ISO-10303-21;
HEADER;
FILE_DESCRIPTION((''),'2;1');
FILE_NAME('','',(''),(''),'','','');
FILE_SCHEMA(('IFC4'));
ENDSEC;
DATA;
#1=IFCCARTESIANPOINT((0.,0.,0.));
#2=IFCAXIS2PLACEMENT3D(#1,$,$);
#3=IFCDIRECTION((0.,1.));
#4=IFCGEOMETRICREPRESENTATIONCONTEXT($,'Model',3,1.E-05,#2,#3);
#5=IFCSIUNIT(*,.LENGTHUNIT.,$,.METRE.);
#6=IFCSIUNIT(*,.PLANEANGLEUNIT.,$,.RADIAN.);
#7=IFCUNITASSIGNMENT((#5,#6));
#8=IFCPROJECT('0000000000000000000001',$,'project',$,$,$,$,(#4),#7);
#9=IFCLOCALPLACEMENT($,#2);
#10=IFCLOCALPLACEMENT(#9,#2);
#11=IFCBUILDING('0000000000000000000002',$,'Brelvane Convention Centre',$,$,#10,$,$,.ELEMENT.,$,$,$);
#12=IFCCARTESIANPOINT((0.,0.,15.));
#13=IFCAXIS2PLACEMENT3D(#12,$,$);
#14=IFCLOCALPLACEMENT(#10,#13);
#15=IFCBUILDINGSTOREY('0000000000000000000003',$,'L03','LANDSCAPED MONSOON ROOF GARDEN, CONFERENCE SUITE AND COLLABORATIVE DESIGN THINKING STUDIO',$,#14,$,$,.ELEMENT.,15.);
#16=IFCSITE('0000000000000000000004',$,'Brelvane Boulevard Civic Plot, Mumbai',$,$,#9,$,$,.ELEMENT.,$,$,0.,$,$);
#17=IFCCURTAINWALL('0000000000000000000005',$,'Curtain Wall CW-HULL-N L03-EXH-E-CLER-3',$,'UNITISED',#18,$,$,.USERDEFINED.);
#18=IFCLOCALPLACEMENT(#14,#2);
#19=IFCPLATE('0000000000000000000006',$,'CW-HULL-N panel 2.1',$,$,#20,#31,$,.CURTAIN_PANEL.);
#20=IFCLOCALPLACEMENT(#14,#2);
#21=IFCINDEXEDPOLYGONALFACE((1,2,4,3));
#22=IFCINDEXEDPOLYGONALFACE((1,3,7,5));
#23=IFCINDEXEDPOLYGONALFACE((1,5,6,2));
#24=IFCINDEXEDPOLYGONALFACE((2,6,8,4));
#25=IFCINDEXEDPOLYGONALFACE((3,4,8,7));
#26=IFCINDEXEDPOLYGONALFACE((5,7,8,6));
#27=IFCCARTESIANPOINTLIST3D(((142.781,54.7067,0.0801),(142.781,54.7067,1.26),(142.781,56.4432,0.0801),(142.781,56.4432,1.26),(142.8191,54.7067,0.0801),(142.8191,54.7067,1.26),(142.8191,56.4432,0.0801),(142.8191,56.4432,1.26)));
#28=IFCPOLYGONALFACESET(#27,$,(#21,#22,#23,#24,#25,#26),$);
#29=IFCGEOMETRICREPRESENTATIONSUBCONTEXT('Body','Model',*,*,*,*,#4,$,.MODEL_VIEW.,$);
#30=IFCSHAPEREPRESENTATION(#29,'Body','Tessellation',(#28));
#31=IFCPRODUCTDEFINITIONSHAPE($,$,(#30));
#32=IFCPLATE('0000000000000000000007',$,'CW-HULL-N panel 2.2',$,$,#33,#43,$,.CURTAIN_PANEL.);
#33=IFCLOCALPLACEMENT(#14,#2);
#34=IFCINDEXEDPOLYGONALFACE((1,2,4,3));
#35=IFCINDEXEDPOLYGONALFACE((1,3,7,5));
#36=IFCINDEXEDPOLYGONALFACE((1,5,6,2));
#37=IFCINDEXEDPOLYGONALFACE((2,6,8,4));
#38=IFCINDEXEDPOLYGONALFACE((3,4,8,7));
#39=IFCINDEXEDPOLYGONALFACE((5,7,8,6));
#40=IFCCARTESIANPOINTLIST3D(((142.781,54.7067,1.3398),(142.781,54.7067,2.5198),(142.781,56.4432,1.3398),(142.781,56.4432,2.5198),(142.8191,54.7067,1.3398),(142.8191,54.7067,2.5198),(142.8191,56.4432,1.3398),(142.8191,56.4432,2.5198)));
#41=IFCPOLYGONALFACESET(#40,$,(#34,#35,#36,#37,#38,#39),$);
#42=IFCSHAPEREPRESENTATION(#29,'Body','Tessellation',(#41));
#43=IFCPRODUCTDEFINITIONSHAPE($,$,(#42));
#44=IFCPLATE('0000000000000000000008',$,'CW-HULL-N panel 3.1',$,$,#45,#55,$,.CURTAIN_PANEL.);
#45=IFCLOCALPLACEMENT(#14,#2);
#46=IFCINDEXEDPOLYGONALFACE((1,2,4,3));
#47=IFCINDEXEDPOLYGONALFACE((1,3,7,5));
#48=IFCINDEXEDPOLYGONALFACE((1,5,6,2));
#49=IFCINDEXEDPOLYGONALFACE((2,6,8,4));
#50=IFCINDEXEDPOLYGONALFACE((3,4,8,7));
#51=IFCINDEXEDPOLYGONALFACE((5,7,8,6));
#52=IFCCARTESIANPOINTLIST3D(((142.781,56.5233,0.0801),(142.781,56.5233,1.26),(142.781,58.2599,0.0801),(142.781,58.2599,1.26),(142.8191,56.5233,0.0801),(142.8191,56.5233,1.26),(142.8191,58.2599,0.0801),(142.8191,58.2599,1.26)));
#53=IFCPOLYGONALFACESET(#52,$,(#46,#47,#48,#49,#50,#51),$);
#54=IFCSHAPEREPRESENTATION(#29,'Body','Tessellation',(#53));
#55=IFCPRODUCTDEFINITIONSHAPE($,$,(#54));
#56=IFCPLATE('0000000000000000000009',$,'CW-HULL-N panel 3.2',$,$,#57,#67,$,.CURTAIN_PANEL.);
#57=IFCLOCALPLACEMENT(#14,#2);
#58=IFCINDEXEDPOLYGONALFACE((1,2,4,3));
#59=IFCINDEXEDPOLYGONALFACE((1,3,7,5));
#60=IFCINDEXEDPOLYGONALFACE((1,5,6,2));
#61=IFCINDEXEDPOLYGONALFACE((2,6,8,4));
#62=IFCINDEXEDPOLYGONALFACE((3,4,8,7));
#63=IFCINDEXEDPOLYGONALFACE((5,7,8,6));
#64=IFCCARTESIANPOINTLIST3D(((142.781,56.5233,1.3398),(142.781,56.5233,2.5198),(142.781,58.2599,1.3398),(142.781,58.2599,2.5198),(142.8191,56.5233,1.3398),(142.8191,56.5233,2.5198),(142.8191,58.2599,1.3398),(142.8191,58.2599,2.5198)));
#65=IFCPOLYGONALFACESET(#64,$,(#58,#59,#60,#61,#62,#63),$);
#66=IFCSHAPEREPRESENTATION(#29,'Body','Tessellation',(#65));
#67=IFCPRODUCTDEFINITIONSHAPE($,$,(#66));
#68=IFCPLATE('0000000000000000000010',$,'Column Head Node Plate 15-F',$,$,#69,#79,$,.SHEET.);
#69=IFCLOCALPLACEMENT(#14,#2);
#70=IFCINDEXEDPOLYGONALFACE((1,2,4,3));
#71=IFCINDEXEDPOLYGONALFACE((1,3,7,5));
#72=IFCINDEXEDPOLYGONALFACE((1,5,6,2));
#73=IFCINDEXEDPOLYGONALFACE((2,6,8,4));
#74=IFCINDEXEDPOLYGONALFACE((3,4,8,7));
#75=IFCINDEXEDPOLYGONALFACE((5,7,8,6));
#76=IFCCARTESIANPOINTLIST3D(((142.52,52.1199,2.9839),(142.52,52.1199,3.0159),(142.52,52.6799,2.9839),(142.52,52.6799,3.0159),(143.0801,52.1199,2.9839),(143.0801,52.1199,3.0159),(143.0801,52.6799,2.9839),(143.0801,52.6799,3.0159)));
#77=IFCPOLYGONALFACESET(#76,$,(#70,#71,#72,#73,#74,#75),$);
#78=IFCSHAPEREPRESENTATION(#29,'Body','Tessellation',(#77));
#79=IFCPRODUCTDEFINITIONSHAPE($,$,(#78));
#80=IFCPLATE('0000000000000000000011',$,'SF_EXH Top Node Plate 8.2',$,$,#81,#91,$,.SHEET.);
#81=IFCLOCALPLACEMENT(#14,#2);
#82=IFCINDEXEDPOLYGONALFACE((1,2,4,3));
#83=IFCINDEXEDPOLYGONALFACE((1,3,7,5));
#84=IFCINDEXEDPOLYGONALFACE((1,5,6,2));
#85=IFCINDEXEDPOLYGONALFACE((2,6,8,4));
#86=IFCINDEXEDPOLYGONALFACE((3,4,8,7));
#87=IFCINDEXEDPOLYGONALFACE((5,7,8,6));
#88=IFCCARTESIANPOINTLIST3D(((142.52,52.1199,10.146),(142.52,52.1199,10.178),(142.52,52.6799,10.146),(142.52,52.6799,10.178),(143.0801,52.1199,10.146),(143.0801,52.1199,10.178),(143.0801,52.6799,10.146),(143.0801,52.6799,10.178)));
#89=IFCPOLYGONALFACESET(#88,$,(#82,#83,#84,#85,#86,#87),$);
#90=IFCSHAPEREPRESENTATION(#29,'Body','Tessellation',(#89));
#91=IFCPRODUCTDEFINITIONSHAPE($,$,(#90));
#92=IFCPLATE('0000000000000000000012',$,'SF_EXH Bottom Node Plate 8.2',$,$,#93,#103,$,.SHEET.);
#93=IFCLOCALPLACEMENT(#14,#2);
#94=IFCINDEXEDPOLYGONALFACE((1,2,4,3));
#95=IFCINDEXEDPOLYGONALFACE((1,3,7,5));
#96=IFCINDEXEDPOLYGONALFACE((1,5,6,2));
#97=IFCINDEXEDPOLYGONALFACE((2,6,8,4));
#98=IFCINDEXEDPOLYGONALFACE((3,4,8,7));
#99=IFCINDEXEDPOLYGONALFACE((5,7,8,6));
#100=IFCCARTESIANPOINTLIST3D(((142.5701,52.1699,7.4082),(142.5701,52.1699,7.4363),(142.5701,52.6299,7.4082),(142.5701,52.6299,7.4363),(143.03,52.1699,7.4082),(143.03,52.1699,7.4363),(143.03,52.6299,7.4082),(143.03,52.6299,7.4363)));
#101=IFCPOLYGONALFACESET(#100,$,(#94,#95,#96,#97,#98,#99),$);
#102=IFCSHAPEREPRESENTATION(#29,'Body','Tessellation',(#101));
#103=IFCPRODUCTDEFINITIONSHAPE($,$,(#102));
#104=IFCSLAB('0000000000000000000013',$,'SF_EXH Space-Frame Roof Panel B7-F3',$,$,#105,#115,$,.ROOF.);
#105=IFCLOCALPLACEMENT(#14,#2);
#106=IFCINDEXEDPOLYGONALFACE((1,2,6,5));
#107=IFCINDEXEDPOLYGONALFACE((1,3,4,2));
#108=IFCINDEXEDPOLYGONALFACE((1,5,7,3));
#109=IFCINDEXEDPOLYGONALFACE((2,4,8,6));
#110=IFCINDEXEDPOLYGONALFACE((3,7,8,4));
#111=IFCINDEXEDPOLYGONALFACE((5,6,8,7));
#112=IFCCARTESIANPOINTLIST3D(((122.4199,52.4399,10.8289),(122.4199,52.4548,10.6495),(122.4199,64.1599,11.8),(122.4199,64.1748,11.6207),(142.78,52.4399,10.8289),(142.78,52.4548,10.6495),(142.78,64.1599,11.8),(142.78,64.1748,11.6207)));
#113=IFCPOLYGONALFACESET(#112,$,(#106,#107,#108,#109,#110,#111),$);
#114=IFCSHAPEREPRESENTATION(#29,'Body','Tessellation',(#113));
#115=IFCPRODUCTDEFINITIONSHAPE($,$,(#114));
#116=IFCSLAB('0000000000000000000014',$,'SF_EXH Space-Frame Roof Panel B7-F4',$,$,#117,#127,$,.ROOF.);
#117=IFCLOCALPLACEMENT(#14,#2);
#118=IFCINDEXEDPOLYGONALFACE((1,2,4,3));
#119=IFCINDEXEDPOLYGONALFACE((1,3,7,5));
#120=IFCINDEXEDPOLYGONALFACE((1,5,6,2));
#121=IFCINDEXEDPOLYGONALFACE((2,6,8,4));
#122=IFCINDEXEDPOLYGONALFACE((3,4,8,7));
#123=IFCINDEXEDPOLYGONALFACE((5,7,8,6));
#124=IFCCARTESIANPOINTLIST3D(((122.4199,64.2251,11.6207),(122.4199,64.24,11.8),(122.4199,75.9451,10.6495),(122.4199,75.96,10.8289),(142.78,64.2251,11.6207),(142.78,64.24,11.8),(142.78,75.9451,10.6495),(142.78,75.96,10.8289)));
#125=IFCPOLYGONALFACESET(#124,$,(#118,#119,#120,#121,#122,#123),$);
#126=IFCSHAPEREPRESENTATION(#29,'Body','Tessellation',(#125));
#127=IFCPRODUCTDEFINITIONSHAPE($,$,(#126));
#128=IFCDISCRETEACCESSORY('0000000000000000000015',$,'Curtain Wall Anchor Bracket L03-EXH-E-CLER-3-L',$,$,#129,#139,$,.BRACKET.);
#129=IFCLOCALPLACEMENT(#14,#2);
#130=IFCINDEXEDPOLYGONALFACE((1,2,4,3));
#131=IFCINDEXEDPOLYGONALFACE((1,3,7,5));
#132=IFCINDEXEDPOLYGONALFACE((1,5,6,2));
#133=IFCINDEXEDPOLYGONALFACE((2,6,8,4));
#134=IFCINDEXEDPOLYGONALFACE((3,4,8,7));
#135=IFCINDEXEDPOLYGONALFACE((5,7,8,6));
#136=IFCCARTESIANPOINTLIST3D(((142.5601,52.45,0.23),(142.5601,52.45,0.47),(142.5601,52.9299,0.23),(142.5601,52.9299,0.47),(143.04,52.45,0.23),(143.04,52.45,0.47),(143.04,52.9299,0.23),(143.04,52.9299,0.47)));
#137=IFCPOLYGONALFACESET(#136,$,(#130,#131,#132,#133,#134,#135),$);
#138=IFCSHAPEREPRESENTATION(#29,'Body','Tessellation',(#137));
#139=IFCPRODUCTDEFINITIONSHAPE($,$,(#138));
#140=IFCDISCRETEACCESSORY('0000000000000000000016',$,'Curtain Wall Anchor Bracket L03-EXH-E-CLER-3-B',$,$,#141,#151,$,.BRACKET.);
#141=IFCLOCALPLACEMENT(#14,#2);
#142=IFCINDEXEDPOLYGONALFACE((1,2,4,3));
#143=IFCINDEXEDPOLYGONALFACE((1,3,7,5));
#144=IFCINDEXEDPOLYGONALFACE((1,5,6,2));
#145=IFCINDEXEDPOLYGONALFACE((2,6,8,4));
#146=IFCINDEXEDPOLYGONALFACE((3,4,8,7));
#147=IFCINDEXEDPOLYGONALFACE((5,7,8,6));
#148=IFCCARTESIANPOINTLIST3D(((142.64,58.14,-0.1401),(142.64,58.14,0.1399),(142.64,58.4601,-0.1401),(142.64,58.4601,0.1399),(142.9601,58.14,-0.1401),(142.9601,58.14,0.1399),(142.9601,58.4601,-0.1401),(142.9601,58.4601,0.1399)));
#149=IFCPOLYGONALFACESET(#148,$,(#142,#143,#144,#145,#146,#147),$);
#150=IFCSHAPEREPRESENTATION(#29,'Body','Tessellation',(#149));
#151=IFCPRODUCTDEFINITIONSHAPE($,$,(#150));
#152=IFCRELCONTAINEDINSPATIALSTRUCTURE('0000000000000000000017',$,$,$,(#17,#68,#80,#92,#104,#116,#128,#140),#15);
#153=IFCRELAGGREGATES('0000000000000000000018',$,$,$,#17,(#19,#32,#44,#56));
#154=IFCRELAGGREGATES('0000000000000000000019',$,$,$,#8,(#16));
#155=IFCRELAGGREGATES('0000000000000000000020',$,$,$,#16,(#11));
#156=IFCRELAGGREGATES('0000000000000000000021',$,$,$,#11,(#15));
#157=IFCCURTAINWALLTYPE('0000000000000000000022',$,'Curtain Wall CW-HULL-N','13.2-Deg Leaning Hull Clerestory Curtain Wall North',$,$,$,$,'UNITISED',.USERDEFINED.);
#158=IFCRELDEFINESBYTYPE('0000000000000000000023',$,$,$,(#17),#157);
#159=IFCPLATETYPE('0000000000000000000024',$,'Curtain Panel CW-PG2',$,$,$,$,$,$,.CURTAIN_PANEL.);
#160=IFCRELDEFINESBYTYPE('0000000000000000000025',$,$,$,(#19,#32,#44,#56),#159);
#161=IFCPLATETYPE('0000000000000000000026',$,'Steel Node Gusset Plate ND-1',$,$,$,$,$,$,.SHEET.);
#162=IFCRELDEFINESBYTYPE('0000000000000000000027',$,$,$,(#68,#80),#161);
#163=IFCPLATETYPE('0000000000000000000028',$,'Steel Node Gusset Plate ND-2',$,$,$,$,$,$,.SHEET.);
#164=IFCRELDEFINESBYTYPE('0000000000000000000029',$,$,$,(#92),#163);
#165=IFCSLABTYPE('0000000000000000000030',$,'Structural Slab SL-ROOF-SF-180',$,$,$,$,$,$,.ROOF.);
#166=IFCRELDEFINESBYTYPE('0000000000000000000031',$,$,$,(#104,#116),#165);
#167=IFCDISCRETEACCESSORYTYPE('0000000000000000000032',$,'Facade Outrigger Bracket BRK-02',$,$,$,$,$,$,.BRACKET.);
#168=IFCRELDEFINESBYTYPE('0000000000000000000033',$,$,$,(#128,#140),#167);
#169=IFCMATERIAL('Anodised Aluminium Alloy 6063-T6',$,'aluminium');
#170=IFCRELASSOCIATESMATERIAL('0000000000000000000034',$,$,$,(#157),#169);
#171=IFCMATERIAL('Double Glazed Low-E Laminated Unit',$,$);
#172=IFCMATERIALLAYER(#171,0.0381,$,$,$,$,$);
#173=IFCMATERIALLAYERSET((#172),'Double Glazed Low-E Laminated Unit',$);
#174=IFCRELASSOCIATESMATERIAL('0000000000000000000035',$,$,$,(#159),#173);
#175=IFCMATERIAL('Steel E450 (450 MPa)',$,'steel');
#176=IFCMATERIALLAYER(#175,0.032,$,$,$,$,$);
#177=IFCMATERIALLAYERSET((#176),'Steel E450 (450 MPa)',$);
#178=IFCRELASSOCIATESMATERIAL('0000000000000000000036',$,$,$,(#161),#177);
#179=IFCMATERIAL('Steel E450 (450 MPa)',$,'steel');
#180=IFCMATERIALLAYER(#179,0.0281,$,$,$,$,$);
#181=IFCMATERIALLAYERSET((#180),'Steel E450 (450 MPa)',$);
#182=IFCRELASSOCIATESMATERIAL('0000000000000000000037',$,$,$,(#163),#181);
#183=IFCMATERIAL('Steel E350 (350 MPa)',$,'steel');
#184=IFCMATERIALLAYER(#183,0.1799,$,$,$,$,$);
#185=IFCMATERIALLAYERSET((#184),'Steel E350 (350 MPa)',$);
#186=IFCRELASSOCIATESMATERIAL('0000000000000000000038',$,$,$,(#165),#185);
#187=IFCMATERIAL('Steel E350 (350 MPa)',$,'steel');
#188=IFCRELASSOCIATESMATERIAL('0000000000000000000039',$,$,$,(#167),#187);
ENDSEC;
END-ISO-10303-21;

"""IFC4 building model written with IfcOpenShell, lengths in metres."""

from ifc_helpers import new_model, si_unit, direction, frame, origin, origin_2d, place, context, subcontext, project, spatial, polyline, rectangle, outline, extrude, material, layer, layer_set, type_object, element, aggregate, save


model = new_model("IFC4")

# Units and contexts
model_context = context("Model", 3, precision=1e-05, world=origin(), true_north=direction((0.0, 1.0)))
body_context = subcontext(model_context, "Body", "Model", "MODEL_VIEW")
ifc_project = project(units=[si_unit("LENGTHUNIT", "METRE"), si_unit("PLANEANGLEUNIT", "RADIAN")], contexts=[model_context])

# Site, building, storey
site_placement = place(None, origin())
site = spatial("IfcSite", under=ifc_project, at=site_placement, Name="Brelvane Boulevard Civic Plot, Mumbai", CompositionType="ELEMENT", RefElevation=0.0)
building_placement = place(site_placement, origin())
building = spatial("IfcBuilding", under=site, at=building_placement, Name="Brelvane Convention Centre", CompositionType="ELEMENT")
storey_placement = place(building_placement, frame((0.0, 0.0, 15.0)))
storey = spatial("IfcBuildingStorey", under=building, at=storey_placement, Name="L03", Description="LANDSCAPED MONSOON ROOF GARDEN, CONFERENCE SUITE AND COLLABORATIVE DESIGN THINKING STUDIO", CompositionType="ELEMENT", Elevation=15.0)

# Curtain wall
ifc_material_1 = material(Name="Anodised Aluminium Alloy 6063-T6", Category="aluminium")
curtain_wall_type = type_object("IfcCurtainWallType", Name="Curtain Wall CW-HULL-N", Description="13.2-Deg Leaning Hull Clerestory Curtain Wall North", ElementType="UNITISED", PredefinedType="USERDEFINED", material=ifc_material_1)
curtain_wall_placement = place(storey_placement, origin())
curtain_wall = element("IfcCurtainWall", 1, at=curtain_wall_placement, inside=storey, type_object=curtain_wall_type, Name="Curtain Wall CW-HULL-N L03-EXH-E-CLER-3", ObjectType="UNITISED", PredefinedType="USERDEFINED")

# Plates
ifc_material_2 = material(Name="Double Glazed Low-E Laminated Unit")
ifc_layer_1 = layer(ifc_material_2, 0.0381)
ifc_layer_set_1 = layer_set([ifc_layer_1], Name="Double Glazed Low-E Laminated Unit")
plate_type_1 = type_object("IfcPlateType", Name="Curtain Panel CW-PG2", PredefinedType="CURTAIN_PANEL", material=ifc_layer_set_1)
plate_1_placement = place(storey_placement, frame((142.8, 55.575, 0.0801), z_axis=(0.0, 0.0, 1.0), x_axis=(0.0, 1.0, 0.0)))
plate_1 = element("IfcPlate", 2, at=plate_1_placement, type_object=plate_type_1, Name="CW-HULL-N panel 2.1", PredefinedType="CURTAIN_PANEL", context=body_context, shape_type="SweptSolid", body=[
    extrude(rectangle(XDim=1.7366, YDim=0.0381, at=origin_2d()), origin(), (0.0, 0.0, 1.0), 1.1799),
])
plate_2_placement = place(storey_placement, frame((142.8, 55.575, 1.3398), z_axis=(0.0, 0.0, 1.0), x_axis=(0.0, 1.0, 0.0)))
plate_2 = element("IfcPlate", 3, at=plate_2_placement, type_object=plate_type_1, Name="CW-HULL-N panel 2.2", PredefinedType="CURTAIN_PANEL", context=body_context, shape_type="SweptSolid", body=[
    extrude(rectangle(XDim=1.7366, YDim=0.0381, at=origin_2d()), origin(), (0.0, 0.0, 1.0), 1.1799),
])
plate_3_placement = place(storey_placement, frame((142.8, 57.3916, 0.0801), z_axis=(0.0, 0.0, 1.0), x_axis=(0.0, 1.0, 0.0)))
plate_3 = element("IfcPlate", 4, at=plate_3_placement, type_object=plate_type_1, Name="CW-HULL-N panel 3.1", PredefinedType="CURTAIN_PANEL", context=body_context, shape_type="SweptSolid", body=[
    extrude(rectangle(XDim=1.7366, YDim=0.0381, at=origin_2d()), origin(), (0.0, 0.0, 1.0), 1.1799),
])
plate_4_placement = place(storey_placement, frame((142.8, 57.3916, 1.3398), z_axis=(0.0, 0.0, 1.0), x_axis=(0.0, 1.0, 0.0)))
plate_4 = element("IfcPlate", 5, at=plate_4_placement, type_object=plate_type_1, Name="CW-HULL-N panel 3.2", PredefinedType="CURTAIN_PANEL", context=body_context, shape_type="SweptSolid", body=[
    extrude(rectangle(XDim=1.7366, YDim=0.0381, at=origin_2d()), origin(), (0.0, 0.0, 1.0), 1.1799),
])
aggregate(curtain_wall, [plate_1, plate_2, plate_3, plate_4])

# Plates
ifc_material_3 = material(Name="Steel E450 (450 MPa)", Category="steel")
ifc_layer_2 = layer(ifc_material_3, 0.032)
ifc_layer_set_2 = layer_set([ifc_layer_2], Name="Steel E450 (450 MPa)")
plate_type_2 = type_object("IfcPlateType", Name="Steel Node Gusset Plate ND-1", PredefinedType="SHEET", material=ifc_layer_set_2)
for number, where, z_axis, x_axis, name in (
    (6, (142.8, 52.3999, 2.9839), (0.0, 0.0, 1.0), (1.0, 0.0, 0.0), "Column Head Node Plate 15-F"),
    (7, (142.8, 52.3999, 10.146), (0.0, 0.0, 1.0), (1.0, 0.0, 0.0), "SF_EXH Top Node Plate 8.2"),
):
    element("IfcPlate", number, at=place(storey_placement, frame(where, z_axis=z_axis, x_axis=x_axis)), inside=storey, type_object=plate_type_2, Name=name, PredefinedType="SHEET", context=body_context, shape_type="SweptSolid", body=[
        extrude(rectangle(XDim=0.5601, YDim=0.5601, at=origin_2d()), origin(), (0.0, 0.0, 1.0), 0.032),
    ])
ifc_material_4 = material(Name="Steel E450 (450 MPa)", Category="steel")
ifc_layer_3 = layer(ifc_material_4, 0.0281)
ifc_layer_set_3 = layer_set([ifc_layer_3], Name="Steel E450 (450 MPa)")
plate_type_3 = type_object("IfcPlateType", Name="Steel Node Gusset Plate ND-2", PredefinedType="SHEET", material=ifc_layer_set_3)
plate_5_placement = place(storey_placement, frame((142.8, 52.3999, 7.4082), z_axis=(0.0, 0.0, 1.0), x_axis=(1.0, 0.0, 0.0)))
element("IfcPlate", 8, at=plate_5_placement, inside=storey, type_object=plate_type_3, Name="SF_EXH Bottom Node Plate 8.2", PredefinedType="SHEET", context=body_context, shape_type="SweptSolid", body=[
    extrude(rectangle(XDim=0.46, YDim=0.46, at=origin_2d()), origin(), (0.0, 0.0, 1.0), 0.0281),
])

# Slabs
ifc_material_5 = material(Name="Steel E350 (350 MPa)", Category="steel")
ifc_layer_4 = layer(ifc_material_5, 0.1799)
ifc_layer_set_4 = layer_set([ifc_layer_4], Name="Steel E350 (350 MPa)")
slab_type = type_object("IfcSlabType", Name="Structural Slab SL-ROOF-SF-180", PredefinedType="ROOF", material=ifc_layer_set_4)
for number, where, z_axis, x_axis, name in (
    (9, (122.4199, 52.4399, 10.8289), (0.0, -0.082583, 0.996584), (1.0, 0.0, 0.0), "SF_EXH Space-Frame Roof Panel B7-F3"),
    (10, (122.4199, 64.24, 11.8), (0.0, 0.082583, 0.996584), (1.0, 0.0, 0.0), "SF_EXH Space-Frame Roof Panel B7-F4"),
):
    element("IfcSlab", number, at=place(storey_placement, frame(where, z_axis=z_axis, x_axis=x_axis)), inside=storey, type_object=slab_type, Name=name, PredefinedType="ROOF", context=body_context, shape_type="SweptSolid", body=[
        extrude(outline(polyline([(0.0, 0.0), (20.3601, 0.0), (20.3601, 11.7601), (0.0, 11.7601), (0.0, 0.0)])), origin(), (0.0, 0.0, -1.0), 0.1799),
    ])

# Discrete accessories
ifc_material_6 = material(Name="Steel E350 (350 MPa)", Category="steel")
discrete_accessory_type = type_object("IfcDiscreteAccessoryType", Name="Facade Outrigger Bracket BRK-02", PredefinedType="BRACKET", material=ifc_material_6)
discrete_accessory_1_placement = place(storey_placement, frame((142.8, 52.6899, 0.23), z_axis=(0.0, 0.0, 1.0), x_axis=(1.0, 0.0, 0.0)))
element("IfcDiscreteAccessory", 11, at=discrete_accessory_1_placement, inside=storey, type_object=discrete_accessory_type, Name="Curtain Wall Anchor Bracket L03-EXH-E-CLER-3-L", PredefinedType="BRACKET", context=body_context, shape_type="SweptSolid", body=[
    extrude(rectangle(XDim=0.48, YDim=0.48, at=origin_2d()), origin(), (0.0, 0.0, 1.0), 0.24),
])
discrete_accessory_2_placement = place(storey_placement, frame((142.8, 58.3, -0.1401), z_axis=(0.0, 0.0, 1.0), x_axis=(1.0, 0.0, 0.0)))
element("IfcDiscreteAccessory", 12, at=discrete_accessory_2_placement, inside=storey, type_object=discrete_accessory_type, Name="Curtain Wall Anchor Bracket L03-EXH-E-CLER-3-B", PredefinedType="BRACKET", context=body_context, shape_type="SweptSolid", body=[
    extrude(rectangle(XDim=0.3201, YDim=0.3201, at=origin_2d()), origin(), (0.0, 0.0, 1.0), 0.28),
])

save(model, "model.ifc")
